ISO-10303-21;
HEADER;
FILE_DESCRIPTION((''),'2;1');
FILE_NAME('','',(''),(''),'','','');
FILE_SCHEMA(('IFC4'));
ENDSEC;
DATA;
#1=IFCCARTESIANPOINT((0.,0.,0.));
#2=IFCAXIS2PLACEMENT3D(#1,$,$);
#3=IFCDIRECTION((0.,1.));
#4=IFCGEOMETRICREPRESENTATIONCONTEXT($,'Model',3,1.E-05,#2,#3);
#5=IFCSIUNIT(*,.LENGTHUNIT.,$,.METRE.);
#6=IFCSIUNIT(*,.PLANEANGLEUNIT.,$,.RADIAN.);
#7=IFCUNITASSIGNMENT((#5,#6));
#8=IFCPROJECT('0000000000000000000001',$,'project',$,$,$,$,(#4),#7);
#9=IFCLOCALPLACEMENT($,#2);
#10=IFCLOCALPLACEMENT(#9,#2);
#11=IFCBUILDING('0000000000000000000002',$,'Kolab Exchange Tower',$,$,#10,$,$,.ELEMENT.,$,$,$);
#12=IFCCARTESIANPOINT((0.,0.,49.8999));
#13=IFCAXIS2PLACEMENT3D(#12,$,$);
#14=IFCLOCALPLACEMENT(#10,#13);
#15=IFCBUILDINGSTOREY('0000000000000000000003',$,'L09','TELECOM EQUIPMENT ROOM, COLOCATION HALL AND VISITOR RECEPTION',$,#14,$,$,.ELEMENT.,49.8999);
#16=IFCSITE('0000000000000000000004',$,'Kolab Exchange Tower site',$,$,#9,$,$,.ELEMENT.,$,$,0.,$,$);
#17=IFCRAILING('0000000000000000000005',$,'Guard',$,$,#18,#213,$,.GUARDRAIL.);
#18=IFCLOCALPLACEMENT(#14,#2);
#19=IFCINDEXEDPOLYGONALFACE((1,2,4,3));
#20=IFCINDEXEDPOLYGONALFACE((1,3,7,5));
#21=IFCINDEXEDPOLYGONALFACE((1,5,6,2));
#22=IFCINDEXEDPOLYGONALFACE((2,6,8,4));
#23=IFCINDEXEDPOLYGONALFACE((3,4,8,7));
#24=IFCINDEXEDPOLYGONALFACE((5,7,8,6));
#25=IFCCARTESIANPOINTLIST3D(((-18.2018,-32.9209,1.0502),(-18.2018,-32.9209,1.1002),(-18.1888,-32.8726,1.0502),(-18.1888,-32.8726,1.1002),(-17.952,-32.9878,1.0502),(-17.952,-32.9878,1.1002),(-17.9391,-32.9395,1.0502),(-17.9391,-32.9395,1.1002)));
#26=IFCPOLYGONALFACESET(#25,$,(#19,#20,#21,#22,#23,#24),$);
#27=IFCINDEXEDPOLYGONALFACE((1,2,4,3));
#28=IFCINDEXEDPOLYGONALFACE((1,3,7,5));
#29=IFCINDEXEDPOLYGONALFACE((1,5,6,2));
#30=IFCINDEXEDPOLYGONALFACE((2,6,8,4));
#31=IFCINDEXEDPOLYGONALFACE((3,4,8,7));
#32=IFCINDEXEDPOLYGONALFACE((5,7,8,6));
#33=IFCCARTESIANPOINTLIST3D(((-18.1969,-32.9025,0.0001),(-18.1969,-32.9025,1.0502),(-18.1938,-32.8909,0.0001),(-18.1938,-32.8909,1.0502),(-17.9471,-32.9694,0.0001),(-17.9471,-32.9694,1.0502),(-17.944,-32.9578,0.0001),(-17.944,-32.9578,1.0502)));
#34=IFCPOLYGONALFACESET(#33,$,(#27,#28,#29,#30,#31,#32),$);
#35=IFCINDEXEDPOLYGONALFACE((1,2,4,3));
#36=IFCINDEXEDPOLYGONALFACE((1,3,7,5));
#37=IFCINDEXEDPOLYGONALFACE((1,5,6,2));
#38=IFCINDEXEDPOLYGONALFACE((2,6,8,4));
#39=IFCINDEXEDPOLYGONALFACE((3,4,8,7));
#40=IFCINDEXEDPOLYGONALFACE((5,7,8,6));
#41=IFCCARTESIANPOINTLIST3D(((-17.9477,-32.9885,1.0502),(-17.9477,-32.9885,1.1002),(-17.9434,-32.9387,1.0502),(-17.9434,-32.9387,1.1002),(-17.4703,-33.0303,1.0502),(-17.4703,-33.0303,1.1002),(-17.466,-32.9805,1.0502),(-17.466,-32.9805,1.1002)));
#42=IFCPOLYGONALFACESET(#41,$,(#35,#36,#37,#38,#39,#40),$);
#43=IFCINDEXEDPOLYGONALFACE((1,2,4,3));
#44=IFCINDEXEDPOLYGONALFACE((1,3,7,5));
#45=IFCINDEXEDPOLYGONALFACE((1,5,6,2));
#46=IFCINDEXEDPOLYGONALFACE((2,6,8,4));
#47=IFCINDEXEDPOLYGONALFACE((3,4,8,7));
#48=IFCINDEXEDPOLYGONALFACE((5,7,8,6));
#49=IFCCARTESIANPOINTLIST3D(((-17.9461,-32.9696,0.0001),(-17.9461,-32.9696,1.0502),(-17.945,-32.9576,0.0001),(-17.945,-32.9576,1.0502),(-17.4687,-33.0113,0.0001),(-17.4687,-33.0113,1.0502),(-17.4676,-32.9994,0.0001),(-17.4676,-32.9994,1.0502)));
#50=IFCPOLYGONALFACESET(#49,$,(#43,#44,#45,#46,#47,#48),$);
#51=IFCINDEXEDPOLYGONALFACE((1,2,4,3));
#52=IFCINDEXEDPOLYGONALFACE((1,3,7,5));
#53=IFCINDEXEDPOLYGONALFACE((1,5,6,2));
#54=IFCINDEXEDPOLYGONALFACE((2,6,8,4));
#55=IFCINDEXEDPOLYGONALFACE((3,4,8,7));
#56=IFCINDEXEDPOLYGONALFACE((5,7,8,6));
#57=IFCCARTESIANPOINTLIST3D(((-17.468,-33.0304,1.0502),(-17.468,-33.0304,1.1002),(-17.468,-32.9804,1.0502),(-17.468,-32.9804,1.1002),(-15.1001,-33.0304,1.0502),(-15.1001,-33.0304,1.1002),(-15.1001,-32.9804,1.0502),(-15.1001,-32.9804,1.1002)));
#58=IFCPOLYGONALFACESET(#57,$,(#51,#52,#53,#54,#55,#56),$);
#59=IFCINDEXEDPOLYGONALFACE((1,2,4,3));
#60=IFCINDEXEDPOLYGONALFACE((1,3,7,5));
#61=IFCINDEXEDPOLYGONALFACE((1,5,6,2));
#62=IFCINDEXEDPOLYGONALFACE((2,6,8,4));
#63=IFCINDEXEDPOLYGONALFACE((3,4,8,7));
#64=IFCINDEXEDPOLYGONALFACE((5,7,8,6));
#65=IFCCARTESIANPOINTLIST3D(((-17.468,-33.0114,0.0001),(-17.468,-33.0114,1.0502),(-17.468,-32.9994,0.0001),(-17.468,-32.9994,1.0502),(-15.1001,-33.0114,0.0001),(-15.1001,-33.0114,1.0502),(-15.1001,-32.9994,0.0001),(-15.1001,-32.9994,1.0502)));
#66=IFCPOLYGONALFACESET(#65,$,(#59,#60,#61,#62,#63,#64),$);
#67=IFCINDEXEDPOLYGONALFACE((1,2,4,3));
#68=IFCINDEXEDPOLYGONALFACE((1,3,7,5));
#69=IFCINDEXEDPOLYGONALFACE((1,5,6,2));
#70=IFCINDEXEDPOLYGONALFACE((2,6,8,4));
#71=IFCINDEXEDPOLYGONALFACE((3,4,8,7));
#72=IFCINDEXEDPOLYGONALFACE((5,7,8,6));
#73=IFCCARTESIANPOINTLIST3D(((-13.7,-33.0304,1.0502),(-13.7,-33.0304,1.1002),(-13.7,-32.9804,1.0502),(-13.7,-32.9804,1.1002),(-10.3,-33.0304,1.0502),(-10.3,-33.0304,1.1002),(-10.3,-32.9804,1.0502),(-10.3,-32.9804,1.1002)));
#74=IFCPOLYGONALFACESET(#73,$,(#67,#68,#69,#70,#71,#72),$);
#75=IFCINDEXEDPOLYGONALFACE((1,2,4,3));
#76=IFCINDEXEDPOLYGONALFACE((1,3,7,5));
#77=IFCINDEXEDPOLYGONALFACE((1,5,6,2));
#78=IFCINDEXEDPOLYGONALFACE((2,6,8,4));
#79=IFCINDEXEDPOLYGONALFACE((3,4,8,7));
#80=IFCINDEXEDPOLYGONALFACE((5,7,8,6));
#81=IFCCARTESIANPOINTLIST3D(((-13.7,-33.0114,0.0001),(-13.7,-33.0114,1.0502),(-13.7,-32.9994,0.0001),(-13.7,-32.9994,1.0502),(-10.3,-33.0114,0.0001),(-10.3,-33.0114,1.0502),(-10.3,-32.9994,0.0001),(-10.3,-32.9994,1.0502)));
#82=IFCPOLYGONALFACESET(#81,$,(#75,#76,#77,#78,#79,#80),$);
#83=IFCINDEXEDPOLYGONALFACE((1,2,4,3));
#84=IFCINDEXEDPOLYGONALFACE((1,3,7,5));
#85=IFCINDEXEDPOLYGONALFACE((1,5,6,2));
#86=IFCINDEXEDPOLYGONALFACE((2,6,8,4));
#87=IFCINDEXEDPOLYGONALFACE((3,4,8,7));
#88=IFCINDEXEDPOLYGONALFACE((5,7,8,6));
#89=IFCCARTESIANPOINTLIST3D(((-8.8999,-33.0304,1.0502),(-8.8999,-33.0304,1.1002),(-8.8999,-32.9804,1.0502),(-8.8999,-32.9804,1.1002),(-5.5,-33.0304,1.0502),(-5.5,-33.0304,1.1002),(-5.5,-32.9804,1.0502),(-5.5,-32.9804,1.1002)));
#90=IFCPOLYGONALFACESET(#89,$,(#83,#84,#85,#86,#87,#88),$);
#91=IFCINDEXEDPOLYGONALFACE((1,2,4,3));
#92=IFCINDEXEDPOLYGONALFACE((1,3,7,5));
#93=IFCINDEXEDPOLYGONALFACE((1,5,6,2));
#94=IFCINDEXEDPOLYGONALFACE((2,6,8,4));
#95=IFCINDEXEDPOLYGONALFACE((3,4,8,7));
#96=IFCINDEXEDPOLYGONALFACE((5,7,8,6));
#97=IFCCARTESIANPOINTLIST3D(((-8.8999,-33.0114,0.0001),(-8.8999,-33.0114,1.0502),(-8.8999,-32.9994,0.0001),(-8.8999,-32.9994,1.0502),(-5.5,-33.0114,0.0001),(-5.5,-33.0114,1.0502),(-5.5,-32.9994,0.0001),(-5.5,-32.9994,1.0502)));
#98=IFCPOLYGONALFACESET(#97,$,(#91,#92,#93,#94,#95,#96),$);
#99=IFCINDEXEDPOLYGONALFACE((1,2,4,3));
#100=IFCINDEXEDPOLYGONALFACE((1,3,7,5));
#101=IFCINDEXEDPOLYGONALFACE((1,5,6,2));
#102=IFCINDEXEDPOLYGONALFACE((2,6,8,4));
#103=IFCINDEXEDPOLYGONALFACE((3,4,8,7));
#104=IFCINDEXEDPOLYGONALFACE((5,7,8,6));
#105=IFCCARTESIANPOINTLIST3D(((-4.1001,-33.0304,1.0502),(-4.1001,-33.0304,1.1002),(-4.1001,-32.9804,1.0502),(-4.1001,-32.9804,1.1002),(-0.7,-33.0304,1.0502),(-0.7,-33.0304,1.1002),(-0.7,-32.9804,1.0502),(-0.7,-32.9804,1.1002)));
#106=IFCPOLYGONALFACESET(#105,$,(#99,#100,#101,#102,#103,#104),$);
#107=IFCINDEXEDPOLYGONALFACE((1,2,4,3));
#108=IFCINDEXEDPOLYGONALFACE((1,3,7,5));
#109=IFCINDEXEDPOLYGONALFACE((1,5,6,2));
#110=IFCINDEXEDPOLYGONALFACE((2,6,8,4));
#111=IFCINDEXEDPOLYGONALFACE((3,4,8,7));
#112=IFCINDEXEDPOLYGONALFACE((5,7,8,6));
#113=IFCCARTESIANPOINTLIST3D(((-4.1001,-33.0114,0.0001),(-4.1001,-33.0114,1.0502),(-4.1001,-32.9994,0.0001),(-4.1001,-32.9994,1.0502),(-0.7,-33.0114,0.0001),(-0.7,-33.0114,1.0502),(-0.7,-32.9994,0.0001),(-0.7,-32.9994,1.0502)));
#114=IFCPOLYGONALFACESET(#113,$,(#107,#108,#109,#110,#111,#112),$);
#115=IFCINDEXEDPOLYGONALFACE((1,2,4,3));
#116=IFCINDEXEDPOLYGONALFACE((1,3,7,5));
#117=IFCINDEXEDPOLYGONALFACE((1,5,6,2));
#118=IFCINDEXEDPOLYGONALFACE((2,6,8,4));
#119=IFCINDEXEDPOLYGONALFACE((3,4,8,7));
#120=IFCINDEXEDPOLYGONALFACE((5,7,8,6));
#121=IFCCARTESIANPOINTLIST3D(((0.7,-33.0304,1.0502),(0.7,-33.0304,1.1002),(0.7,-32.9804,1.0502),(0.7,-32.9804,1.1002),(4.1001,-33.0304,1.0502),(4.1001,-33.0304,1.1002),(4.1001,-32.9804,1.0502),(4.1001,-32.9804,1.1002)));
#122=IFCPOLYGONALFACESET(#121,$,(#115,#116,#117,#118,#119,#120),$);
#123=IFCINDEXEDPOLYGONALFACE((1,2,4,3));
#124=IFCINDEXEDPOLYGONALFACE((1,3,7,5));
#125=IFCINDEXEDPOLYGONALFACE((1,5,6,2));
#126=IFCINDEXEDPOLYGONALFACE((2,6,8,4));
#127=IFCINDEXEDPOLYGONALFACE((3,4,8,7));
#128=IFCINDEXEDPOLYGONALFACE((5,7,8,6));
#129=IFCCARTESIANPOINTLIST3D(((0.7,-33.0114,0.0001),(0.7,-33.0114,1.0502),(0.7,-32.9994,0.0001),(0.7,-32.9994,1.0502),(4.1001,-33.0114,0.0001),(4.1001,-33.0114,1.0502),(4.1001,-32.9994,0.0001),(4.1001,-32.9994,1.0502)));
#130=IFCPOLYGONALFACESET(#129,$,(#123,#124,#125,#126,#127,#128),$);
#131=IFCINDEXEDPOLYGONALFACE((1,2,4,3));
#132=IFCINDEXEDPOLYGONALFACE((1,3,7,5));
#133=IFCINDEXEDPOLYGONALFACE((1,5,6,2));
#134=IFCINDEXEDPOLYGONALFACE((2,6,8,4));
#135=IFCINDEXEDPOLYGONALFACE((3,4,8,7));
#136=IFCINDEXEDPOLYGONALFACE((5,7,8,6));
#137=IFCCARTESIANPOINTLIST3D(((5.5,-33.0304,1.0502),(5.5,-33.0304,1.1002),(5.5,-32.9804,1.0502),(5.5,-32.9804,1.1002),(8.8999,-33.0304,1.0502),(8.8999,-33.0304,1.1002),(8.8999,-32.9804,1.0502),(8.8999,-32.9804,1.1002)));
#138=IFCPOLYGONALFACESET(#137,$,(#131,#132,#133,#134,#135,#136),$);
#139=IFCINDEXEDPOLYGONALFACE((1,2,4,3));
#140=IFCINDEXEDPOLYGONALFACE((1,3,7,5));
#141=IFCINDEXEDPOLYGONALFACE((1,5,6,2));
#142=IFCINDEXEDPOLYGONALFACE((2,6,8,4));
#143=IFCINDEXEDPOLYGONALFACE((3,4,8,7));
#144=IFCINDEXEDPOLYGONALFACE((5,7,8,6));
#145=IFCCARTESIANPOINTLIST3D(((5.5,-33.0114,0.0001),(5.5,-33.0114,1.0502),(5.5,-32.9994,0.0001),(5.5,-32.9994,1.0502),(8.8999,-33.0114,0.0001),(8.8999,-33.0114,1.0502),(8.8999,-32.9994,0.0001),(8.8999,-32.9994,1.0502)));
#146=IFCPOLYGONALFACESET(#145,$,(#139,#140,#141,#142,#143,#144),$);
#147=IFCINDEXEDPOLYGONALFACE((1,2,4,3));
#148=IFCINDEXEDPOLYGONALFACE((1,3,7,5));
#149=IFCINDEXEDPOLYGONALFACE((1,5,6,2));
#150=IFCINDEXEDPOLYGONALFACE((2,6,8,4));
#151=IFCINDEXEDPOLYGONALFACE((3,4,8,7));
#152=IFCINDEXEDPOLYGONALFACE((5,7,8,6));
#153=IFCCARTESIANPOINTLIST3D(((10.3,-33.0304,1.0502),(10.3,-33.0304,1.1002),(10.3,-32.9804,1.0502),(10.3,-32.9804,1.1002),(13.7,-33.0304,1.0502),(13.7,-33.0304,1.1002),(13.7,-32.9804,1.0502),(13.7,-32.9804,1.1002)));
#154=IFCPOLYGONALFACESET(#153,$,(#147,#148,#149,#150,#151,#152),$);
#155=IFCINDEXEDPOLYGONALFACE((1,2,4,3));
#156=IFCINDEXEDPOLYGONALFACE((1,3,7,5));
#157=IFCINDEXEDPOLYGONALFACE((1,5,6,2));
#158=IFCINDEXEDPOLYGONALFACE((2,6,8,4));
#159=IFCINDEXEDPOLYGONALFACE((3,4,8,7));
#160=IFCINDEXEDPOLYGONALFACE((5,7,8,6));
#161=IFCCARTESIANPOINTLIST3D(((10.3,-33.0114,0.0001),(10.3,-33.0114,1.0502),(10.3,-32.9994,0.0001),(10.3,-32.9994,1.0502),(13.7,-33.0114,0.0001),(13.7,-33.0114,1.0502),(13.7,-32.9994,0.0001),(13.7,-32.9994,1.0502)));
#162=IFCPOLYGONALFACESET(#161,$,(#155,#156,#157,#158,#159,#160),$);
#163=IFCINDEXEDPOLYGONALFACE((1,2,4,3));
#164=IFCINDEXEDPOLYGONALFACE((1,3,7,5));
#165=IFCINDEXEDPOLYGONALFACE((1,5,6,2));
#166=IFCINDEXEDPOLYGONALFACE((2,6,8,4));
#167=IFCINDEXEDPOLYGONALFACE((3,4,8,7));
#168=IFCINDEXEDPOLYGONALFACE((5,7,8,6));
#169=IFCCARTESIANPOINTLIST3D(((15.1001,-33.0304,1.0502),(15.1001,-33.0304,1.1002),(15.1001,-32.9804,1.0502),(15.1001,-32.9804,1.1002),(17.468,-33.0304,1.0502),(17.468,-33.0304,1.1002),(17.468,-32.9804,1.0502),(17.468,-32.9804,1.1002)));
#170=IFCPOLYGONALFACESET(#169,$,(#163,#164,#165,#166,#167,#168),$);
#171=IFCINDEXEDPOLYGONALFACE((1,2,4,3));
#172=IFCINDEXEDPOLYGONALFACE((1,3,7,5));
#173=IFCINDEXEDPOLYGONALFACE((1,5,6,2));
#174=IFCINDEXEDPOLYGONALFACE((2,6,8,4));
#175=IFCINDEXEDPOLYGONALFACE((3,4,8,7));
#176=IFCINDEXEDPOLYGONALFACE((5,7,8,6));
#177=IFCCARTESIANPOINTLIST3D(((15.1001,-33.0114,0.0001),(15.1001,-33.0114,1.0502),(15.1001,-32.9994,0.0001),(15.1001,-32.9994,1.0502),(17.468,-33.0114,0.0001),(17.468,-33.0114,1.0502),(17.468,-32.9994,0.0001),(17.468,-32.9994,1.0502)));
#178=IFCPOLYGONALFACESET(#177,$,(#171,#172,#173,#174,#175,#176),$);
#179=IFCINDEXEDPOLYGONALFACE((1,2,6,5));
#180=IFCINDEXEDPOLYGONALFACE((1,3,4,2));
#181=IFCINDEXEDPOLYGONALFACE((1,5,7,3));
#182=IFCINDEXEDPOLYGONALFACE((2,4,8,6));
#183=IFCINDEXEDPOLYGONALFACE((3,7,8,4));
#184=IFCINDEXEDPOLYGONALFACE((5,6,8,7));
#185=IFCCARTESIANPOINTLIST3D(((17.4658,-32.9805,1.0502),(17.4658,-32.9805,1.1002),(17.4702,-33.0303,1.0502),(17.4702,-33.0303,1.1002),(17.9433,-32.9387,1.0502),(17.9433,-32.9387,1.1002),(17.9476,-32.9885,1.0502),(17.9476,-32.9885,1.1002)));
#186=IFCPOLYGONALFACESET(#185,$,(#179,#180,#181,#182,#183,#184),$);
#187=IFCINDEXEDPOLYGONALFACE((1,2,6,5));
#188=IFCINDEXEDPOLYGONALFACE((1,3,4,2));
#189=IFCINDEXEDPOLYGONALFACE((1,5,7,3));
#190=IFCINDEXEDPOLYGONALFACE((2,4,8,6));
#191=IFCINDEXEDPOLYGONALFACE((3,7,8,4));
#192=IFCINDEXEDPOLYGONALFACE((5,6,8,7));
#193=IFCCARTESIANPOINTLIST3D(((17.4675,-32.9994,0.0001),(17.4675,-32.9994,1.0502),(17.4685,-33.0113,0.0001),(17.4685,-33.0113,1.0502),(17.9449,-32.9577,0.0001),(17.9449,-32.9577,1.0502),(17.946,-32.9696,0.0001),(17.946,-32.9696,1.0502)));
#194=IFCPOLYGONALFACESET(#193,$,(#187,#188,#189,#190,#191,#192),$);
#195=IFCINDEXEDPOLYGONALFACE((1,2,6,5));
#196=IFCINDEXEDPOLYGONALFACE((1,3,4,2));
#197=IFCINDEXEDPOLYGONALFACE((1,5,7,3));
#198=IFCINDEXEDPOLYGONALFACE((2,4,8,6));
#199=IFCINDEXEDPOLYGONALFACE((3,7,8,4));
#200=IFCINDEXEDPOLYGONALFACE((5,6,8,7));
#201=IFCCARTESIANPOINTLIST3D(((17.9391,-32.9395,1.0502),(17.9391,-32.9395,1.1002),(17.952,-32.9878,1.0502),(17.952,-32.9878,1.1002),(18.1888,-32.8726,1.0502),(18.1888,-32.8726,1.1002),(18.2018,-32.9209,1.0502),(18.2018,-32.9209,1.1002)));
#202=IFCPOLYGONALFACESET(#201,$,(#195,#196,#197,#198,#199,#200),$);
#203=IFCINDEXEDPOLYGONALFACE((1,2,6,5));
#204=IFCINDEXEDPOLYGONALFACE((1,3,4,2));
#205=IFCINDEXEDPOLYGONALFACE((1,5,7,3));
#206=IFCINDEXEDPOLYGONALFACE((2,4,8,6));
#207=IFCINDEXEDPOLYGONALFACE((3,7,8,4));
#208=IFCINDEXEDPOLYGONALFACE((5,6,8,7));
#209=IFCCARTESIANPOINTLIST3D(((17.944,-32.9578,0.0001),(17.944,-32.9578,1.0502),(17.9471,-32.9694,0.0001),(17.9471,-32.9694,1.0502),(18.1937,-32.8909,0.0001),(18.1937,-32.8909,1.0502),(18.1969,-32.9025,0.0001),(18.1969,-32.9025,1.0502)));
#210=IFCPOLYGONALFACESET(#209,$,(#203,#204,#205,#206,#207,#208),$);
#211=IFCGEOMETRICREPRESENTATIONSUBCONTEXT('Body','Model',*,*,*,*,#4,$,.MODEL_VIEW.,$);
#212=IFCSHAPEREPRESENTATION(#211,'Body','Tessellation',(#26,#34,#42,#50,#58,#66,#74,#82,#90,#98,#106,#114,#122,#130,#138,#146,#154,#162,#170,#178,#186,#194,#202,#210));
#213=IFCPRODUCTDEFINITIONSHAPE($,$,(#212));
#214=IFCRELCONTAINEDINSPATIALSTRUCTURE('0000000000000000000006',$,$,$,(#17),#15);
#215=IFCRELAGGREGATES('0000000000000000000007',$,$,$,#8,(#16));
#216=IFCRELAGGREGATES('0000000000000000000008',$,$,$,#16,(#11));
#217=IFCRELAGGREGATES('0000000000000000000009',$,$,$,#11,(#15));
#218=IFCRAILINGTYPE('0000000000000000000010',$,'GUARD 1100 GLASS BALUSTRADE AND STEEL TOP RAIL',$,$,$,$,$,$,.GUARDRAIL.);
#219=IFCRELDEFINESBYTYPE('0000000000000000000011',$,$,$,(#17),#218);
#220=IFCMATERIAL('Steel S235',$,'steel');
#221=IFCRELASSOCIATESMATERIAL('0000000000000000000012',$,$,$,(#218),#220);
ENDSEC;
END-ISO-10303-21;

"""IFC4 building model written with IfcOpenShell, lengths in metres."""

from ifc_helpers import new_model, si_unit, direction, frame, frame_2d, origin, origin_2d, place, context, subcontext, project, spatial, rectangle, extrude, material, type_object, element, save


model = new_model("IFC4")

# Units and contexts
model_context = context("Model", 3, precision=1e-05, world=origin(), true_north=direction((0.0, 1.0)))
body_context = subcontext(model_context, "Body", "Model", "MODEL_VIEW")
ifc_project = project(units=[si_unit("LENGTHUNIT", "METRE"), si_unit("PLANEANGLEUNIT", "RADIAN")], contexts=[model_context])

# Site, building, storey
site_placement = place(None, origin())
site = spatial("IfcSite", under=ifc_project, at=site_placement, Name="Kolab Exchange Tower site", CompositionType="ELEMENT", RefElevation=0.0)
building_placement = place(site_placement, origin())
building = spatial("IfcBuilding", under=site, at=building_placement, Name="Kolab Exchange Tower", CompositionType="ELEMENT")
storey_placement = place(building_placement, frame((0.0, 0.0, 49.8999)))
storey = spatial("IfcBuildingStorey", under=building, at=storey_placement, Name="L09", Description="TELECOM EQUIPMENT ROOM, COLOCATION HALL AND VISITOR RECEPTION", CompositionType="ELEMENT", Elevation=49.8999)

# Railing
ifc_material_1 = material(Name="Steel S235", Category="steel")
railing_type = type_object("IfcRailingType", Name="GUARD 1100 GLASS BALUSTRADE AND STEEL TOP RAIL", PredefinedType="GUARDRAIL", material=ifc_material_1)
railing_placement = place(storey_placement, frame((-18.1953, -32.8967, 0.0)))
element("IfcRailing", 1, at=railing_placement, inside=storey, type_object=railing_type, Name="Guard", PredefinedType="GUARDRAIL", context=body_context, shape_type="SweptSolid", body=[
    extrude(rectangle(XDim=0.05, YDim=0.05, at=origin_2d()), frame((0.0, 0.0, 1.0752), z_axis=(0.965952, -0.25872, 0.0), x_axis=(0.25872, 0.965952, 0.0)), (0.0, 0.0, 1.0), 0.2585),
    extrude(rectangle(XDim=0.012, YDim=1.0501, at=frame_2d((0.0, 0.5251))), frame((0.0, 0.0, 0.0), z_axis=(0.965952, -0.25872, 0.0), x_axis=(0.25872, 0.965952, 0.0)), (0.0, 0.0, 1.0), 0.2585),
    extrude(rectangle(XDim=0.05, YDim=0.05, at=origin_2d()), frame((0.2498, -0.0669, 1.0752), z_axis=(0.9962, -0.087091, 0.0), x_axis=(0.087091, 0.9962, 0.0)), (0.0, 0.0, 1.0), 0.4792),
    extrude(rectangle(XDim=0.012, YDim=1.0501, at=frame_2d((0.0, 0.5251))), frame((0.2498, -0.0669, 0.0), z_axis=(0.9962, -0.087091, 0.0), x_axis=(0.087091, 0.9962, 0.0)), (0.0, 0.0, 1.0), 0.4792),
    extrude(rectangle(XDim=0.05, YDim=0.05, at=origin_2d()), frame((0.7273, -0.1086, 1.0752), z_axis=(1.0, 0.0, 0.0), x_axis=(0.0, 1.0, 0.0)), (0.0, 0.0, 1.0), 2.3679),
    extrude(rectangle(XDim=0.012, YDim=1.0501, at=frame_2d((0.0, 0.5251))), frame((0.7273, -0.1086, 0.0), z_axis=(1.0, 0.0, 0.0), x_axis=(0.0, 1.0, 0.0)), (0.0, 0.0, 1.0), 2.3679),
    extrude(rectangle(XDim=0.05, YDim=0.05, at=origin_2d()), frame((4.4954, -0.1086, 1.0752), z_axis=(1.0, 0.0, 0.0), x_axis=(0.0, 1.0, 0.0)), (0.0, 0.0, 1.0), 3.3999),
    extrude(rectangle(XDim=0.012, YDim=1.0501, at=frame_2d((0.0, 0.5251))), frame((4.4954, -0.1086, 0.0), z_axis=(1.0, 0.0, 0.0), x_axis=(0.0, 1.0, 0.0)), (0.0, 0.0, 1.0), 3.3999),
    extrude(rectangle(XDim=0.05, YDim=0.05, at=origin_2d()), frame((9.2954, -0.1086, 1.0752), z_axis=(1.0, 0.0, 0.0), x_axis=(0.0, 1.0, 0.0)), (0.0, 0.0, 1.0), 3.3999),
    extrude(rectangle(XDim=0.012, YDim=1.0501, at=frame_2d((0.0, 0.5251))), frame((9.2954, -0.1086, 0.0), z_axis=(1.0, 0.0, 0.0), x_axis=(0.0, 1.0, 0.0)), (0.0, 0.0, 1.0), 3.3999),
    extrude(rectangle(XDim=0.05, YDim=0.05, at=origin_2d()), frame((14.0952, -0.1086, 1.0752), z_axis=(1.0, 0.0, 0.0), x_axis=(0.0, 1.0, 0.0)), (0.0, 0.0, 1.0), 3.4001),
    extrude(rectangle(XDim=0.012, YDim=1.0501, at=frame_2d((0.0, 0.5251))), frame((14.0952, -0.1086, 0.0), z_axis=(1.0, 0.0, 0.0), x_axis=(0.0, 1.0, 0.0)), (0.0, 0.0, 1.0), 3.4001),
    extrude(rectangle(XDim=0.05, YDim=0.05, at=origin_2d()), frame((18.8953, -0.1086, 1.0752), z_axis=(1.0, 0.0, 0.0), x_axis=(0.0, 1.0, 0.0)), (0.0, 0.0, 1.0), 3.4001),
    extrude(rectangle(XDim=0.012, YDim=1.0501, at=frame_2d((0.0, 0.5251))), frame((18.8953, -0.1086, 0.0), z_axis=(1.0, 0.0, 0.0), x_axis=(0.0, 1.0, 0.0)), (0.0, 0.0, 1.0), 3.4001),
    extrude(rectangle(XDim=0.05, YDim=0.05, at=origin_2d()), frame((23.6953, -0.1086, 1.0752), z_axis=(1.0, 0.0, 0.0), x_axis=(0.0, 1.0, 0.0)), (0.0, 0.0, 1.0), 3.3999),
    extrude(rectangle(XDim=0.012, YDim=1.0501, at=frame_2d((0.0, 0.5251))), frame((23.6953, -0.1086, 0.0), z_axis=(1.0, 0.0, 0.0), x_axis=(0.0, 1.0, 0.0)), (0.0, 0.0, 1.0), 3.3999),
    extrude(rectangle(XDim=0.05, YDim=0.05, at=origin_2d()), frame((28.4954, -0.1086, 1.0752), z_axis=(1.0, 0.0, 0.0), x_axis=(0.0, 1.0, 0.0)), (0.0, 0.0, 1.0), 3.3999),
    extrude(rectangle(XDim=0.012, YDim=1.0501, at=frame_2d((0.0, 0.5251))), frame((28.4954, -0.1086, 0.0), z_axis=(1.0, 0.0, 0.0), x_axis=(0.0, 1.0, 0.0)), (0.0, 0.0, 1.0), 3.3999),
    extrude(rectangle(XDim=0.05, YDim=0.05, at=origin_2d()), frame((33.2954, -0.1086, 1.0752), z_axis=(1.0, 0.0, 0.0), x_axis=(0.0, 1.0, 0.0)), (0.0, 0.0, 1.0), 2.3679),
    extrude(rectangle(XDim=0.012, YDim=1.0501, at=frame_2d((0.0, 0.5251))), frame((33.2954, -0.1086, 0.0), z_axis=(1.0, 0.0, 0.0), x_axis=(0.0, 1.0, 0.0)), (0.0, 0.0, 1.0), 2.3679),
    extrude(rectangle(XDim=0.05, YDim=0.05, at=origin_2d()), frame((35.6633, -0.1086, 1.0752), z_axis=(0.9962, 0.087091, 0.0), x_axis=(-0.087091, 0.9962, 0.0)), (0.0, 0.0, 1.0), 0.4792),
    extrude(rectangle(XDim=0.012, YDim=1.0501, at=frame_2d((0.0, 0.5251))), frame((35.6633, -0.1086, 0.0), z_axis=(0.9962, 0.087091, 0.0), x_axis=(-0.087091, 0.9962, 0.0)), (0.0, 0.0, 1.0), 0.4792),
    extrude(rectangle(XDim=0.05, YDim=0.05, at=origin_2d()), frame((36.1409, -0.0669, 1.0752), z_axis=(0.965952, 0.25872, 0.0), x_axis=(-0.25872, 0.965952, 0.0)), (0.0, 0.0, 1.0), 0.2585),
    extrude(rectangle(XDim=0.012, YDim=1.0501, at=frame_2d((0.0, 0.5251))), frame((36.1409, -0.0669, 0.0), z_axis=(0.965952, 0.25872, 0.0), x_axis=(-0.25872, 0.965952, 0.0)), (0.0, 0.0, 1.0), 0.2585),
])

save(model, "model.ifc")
